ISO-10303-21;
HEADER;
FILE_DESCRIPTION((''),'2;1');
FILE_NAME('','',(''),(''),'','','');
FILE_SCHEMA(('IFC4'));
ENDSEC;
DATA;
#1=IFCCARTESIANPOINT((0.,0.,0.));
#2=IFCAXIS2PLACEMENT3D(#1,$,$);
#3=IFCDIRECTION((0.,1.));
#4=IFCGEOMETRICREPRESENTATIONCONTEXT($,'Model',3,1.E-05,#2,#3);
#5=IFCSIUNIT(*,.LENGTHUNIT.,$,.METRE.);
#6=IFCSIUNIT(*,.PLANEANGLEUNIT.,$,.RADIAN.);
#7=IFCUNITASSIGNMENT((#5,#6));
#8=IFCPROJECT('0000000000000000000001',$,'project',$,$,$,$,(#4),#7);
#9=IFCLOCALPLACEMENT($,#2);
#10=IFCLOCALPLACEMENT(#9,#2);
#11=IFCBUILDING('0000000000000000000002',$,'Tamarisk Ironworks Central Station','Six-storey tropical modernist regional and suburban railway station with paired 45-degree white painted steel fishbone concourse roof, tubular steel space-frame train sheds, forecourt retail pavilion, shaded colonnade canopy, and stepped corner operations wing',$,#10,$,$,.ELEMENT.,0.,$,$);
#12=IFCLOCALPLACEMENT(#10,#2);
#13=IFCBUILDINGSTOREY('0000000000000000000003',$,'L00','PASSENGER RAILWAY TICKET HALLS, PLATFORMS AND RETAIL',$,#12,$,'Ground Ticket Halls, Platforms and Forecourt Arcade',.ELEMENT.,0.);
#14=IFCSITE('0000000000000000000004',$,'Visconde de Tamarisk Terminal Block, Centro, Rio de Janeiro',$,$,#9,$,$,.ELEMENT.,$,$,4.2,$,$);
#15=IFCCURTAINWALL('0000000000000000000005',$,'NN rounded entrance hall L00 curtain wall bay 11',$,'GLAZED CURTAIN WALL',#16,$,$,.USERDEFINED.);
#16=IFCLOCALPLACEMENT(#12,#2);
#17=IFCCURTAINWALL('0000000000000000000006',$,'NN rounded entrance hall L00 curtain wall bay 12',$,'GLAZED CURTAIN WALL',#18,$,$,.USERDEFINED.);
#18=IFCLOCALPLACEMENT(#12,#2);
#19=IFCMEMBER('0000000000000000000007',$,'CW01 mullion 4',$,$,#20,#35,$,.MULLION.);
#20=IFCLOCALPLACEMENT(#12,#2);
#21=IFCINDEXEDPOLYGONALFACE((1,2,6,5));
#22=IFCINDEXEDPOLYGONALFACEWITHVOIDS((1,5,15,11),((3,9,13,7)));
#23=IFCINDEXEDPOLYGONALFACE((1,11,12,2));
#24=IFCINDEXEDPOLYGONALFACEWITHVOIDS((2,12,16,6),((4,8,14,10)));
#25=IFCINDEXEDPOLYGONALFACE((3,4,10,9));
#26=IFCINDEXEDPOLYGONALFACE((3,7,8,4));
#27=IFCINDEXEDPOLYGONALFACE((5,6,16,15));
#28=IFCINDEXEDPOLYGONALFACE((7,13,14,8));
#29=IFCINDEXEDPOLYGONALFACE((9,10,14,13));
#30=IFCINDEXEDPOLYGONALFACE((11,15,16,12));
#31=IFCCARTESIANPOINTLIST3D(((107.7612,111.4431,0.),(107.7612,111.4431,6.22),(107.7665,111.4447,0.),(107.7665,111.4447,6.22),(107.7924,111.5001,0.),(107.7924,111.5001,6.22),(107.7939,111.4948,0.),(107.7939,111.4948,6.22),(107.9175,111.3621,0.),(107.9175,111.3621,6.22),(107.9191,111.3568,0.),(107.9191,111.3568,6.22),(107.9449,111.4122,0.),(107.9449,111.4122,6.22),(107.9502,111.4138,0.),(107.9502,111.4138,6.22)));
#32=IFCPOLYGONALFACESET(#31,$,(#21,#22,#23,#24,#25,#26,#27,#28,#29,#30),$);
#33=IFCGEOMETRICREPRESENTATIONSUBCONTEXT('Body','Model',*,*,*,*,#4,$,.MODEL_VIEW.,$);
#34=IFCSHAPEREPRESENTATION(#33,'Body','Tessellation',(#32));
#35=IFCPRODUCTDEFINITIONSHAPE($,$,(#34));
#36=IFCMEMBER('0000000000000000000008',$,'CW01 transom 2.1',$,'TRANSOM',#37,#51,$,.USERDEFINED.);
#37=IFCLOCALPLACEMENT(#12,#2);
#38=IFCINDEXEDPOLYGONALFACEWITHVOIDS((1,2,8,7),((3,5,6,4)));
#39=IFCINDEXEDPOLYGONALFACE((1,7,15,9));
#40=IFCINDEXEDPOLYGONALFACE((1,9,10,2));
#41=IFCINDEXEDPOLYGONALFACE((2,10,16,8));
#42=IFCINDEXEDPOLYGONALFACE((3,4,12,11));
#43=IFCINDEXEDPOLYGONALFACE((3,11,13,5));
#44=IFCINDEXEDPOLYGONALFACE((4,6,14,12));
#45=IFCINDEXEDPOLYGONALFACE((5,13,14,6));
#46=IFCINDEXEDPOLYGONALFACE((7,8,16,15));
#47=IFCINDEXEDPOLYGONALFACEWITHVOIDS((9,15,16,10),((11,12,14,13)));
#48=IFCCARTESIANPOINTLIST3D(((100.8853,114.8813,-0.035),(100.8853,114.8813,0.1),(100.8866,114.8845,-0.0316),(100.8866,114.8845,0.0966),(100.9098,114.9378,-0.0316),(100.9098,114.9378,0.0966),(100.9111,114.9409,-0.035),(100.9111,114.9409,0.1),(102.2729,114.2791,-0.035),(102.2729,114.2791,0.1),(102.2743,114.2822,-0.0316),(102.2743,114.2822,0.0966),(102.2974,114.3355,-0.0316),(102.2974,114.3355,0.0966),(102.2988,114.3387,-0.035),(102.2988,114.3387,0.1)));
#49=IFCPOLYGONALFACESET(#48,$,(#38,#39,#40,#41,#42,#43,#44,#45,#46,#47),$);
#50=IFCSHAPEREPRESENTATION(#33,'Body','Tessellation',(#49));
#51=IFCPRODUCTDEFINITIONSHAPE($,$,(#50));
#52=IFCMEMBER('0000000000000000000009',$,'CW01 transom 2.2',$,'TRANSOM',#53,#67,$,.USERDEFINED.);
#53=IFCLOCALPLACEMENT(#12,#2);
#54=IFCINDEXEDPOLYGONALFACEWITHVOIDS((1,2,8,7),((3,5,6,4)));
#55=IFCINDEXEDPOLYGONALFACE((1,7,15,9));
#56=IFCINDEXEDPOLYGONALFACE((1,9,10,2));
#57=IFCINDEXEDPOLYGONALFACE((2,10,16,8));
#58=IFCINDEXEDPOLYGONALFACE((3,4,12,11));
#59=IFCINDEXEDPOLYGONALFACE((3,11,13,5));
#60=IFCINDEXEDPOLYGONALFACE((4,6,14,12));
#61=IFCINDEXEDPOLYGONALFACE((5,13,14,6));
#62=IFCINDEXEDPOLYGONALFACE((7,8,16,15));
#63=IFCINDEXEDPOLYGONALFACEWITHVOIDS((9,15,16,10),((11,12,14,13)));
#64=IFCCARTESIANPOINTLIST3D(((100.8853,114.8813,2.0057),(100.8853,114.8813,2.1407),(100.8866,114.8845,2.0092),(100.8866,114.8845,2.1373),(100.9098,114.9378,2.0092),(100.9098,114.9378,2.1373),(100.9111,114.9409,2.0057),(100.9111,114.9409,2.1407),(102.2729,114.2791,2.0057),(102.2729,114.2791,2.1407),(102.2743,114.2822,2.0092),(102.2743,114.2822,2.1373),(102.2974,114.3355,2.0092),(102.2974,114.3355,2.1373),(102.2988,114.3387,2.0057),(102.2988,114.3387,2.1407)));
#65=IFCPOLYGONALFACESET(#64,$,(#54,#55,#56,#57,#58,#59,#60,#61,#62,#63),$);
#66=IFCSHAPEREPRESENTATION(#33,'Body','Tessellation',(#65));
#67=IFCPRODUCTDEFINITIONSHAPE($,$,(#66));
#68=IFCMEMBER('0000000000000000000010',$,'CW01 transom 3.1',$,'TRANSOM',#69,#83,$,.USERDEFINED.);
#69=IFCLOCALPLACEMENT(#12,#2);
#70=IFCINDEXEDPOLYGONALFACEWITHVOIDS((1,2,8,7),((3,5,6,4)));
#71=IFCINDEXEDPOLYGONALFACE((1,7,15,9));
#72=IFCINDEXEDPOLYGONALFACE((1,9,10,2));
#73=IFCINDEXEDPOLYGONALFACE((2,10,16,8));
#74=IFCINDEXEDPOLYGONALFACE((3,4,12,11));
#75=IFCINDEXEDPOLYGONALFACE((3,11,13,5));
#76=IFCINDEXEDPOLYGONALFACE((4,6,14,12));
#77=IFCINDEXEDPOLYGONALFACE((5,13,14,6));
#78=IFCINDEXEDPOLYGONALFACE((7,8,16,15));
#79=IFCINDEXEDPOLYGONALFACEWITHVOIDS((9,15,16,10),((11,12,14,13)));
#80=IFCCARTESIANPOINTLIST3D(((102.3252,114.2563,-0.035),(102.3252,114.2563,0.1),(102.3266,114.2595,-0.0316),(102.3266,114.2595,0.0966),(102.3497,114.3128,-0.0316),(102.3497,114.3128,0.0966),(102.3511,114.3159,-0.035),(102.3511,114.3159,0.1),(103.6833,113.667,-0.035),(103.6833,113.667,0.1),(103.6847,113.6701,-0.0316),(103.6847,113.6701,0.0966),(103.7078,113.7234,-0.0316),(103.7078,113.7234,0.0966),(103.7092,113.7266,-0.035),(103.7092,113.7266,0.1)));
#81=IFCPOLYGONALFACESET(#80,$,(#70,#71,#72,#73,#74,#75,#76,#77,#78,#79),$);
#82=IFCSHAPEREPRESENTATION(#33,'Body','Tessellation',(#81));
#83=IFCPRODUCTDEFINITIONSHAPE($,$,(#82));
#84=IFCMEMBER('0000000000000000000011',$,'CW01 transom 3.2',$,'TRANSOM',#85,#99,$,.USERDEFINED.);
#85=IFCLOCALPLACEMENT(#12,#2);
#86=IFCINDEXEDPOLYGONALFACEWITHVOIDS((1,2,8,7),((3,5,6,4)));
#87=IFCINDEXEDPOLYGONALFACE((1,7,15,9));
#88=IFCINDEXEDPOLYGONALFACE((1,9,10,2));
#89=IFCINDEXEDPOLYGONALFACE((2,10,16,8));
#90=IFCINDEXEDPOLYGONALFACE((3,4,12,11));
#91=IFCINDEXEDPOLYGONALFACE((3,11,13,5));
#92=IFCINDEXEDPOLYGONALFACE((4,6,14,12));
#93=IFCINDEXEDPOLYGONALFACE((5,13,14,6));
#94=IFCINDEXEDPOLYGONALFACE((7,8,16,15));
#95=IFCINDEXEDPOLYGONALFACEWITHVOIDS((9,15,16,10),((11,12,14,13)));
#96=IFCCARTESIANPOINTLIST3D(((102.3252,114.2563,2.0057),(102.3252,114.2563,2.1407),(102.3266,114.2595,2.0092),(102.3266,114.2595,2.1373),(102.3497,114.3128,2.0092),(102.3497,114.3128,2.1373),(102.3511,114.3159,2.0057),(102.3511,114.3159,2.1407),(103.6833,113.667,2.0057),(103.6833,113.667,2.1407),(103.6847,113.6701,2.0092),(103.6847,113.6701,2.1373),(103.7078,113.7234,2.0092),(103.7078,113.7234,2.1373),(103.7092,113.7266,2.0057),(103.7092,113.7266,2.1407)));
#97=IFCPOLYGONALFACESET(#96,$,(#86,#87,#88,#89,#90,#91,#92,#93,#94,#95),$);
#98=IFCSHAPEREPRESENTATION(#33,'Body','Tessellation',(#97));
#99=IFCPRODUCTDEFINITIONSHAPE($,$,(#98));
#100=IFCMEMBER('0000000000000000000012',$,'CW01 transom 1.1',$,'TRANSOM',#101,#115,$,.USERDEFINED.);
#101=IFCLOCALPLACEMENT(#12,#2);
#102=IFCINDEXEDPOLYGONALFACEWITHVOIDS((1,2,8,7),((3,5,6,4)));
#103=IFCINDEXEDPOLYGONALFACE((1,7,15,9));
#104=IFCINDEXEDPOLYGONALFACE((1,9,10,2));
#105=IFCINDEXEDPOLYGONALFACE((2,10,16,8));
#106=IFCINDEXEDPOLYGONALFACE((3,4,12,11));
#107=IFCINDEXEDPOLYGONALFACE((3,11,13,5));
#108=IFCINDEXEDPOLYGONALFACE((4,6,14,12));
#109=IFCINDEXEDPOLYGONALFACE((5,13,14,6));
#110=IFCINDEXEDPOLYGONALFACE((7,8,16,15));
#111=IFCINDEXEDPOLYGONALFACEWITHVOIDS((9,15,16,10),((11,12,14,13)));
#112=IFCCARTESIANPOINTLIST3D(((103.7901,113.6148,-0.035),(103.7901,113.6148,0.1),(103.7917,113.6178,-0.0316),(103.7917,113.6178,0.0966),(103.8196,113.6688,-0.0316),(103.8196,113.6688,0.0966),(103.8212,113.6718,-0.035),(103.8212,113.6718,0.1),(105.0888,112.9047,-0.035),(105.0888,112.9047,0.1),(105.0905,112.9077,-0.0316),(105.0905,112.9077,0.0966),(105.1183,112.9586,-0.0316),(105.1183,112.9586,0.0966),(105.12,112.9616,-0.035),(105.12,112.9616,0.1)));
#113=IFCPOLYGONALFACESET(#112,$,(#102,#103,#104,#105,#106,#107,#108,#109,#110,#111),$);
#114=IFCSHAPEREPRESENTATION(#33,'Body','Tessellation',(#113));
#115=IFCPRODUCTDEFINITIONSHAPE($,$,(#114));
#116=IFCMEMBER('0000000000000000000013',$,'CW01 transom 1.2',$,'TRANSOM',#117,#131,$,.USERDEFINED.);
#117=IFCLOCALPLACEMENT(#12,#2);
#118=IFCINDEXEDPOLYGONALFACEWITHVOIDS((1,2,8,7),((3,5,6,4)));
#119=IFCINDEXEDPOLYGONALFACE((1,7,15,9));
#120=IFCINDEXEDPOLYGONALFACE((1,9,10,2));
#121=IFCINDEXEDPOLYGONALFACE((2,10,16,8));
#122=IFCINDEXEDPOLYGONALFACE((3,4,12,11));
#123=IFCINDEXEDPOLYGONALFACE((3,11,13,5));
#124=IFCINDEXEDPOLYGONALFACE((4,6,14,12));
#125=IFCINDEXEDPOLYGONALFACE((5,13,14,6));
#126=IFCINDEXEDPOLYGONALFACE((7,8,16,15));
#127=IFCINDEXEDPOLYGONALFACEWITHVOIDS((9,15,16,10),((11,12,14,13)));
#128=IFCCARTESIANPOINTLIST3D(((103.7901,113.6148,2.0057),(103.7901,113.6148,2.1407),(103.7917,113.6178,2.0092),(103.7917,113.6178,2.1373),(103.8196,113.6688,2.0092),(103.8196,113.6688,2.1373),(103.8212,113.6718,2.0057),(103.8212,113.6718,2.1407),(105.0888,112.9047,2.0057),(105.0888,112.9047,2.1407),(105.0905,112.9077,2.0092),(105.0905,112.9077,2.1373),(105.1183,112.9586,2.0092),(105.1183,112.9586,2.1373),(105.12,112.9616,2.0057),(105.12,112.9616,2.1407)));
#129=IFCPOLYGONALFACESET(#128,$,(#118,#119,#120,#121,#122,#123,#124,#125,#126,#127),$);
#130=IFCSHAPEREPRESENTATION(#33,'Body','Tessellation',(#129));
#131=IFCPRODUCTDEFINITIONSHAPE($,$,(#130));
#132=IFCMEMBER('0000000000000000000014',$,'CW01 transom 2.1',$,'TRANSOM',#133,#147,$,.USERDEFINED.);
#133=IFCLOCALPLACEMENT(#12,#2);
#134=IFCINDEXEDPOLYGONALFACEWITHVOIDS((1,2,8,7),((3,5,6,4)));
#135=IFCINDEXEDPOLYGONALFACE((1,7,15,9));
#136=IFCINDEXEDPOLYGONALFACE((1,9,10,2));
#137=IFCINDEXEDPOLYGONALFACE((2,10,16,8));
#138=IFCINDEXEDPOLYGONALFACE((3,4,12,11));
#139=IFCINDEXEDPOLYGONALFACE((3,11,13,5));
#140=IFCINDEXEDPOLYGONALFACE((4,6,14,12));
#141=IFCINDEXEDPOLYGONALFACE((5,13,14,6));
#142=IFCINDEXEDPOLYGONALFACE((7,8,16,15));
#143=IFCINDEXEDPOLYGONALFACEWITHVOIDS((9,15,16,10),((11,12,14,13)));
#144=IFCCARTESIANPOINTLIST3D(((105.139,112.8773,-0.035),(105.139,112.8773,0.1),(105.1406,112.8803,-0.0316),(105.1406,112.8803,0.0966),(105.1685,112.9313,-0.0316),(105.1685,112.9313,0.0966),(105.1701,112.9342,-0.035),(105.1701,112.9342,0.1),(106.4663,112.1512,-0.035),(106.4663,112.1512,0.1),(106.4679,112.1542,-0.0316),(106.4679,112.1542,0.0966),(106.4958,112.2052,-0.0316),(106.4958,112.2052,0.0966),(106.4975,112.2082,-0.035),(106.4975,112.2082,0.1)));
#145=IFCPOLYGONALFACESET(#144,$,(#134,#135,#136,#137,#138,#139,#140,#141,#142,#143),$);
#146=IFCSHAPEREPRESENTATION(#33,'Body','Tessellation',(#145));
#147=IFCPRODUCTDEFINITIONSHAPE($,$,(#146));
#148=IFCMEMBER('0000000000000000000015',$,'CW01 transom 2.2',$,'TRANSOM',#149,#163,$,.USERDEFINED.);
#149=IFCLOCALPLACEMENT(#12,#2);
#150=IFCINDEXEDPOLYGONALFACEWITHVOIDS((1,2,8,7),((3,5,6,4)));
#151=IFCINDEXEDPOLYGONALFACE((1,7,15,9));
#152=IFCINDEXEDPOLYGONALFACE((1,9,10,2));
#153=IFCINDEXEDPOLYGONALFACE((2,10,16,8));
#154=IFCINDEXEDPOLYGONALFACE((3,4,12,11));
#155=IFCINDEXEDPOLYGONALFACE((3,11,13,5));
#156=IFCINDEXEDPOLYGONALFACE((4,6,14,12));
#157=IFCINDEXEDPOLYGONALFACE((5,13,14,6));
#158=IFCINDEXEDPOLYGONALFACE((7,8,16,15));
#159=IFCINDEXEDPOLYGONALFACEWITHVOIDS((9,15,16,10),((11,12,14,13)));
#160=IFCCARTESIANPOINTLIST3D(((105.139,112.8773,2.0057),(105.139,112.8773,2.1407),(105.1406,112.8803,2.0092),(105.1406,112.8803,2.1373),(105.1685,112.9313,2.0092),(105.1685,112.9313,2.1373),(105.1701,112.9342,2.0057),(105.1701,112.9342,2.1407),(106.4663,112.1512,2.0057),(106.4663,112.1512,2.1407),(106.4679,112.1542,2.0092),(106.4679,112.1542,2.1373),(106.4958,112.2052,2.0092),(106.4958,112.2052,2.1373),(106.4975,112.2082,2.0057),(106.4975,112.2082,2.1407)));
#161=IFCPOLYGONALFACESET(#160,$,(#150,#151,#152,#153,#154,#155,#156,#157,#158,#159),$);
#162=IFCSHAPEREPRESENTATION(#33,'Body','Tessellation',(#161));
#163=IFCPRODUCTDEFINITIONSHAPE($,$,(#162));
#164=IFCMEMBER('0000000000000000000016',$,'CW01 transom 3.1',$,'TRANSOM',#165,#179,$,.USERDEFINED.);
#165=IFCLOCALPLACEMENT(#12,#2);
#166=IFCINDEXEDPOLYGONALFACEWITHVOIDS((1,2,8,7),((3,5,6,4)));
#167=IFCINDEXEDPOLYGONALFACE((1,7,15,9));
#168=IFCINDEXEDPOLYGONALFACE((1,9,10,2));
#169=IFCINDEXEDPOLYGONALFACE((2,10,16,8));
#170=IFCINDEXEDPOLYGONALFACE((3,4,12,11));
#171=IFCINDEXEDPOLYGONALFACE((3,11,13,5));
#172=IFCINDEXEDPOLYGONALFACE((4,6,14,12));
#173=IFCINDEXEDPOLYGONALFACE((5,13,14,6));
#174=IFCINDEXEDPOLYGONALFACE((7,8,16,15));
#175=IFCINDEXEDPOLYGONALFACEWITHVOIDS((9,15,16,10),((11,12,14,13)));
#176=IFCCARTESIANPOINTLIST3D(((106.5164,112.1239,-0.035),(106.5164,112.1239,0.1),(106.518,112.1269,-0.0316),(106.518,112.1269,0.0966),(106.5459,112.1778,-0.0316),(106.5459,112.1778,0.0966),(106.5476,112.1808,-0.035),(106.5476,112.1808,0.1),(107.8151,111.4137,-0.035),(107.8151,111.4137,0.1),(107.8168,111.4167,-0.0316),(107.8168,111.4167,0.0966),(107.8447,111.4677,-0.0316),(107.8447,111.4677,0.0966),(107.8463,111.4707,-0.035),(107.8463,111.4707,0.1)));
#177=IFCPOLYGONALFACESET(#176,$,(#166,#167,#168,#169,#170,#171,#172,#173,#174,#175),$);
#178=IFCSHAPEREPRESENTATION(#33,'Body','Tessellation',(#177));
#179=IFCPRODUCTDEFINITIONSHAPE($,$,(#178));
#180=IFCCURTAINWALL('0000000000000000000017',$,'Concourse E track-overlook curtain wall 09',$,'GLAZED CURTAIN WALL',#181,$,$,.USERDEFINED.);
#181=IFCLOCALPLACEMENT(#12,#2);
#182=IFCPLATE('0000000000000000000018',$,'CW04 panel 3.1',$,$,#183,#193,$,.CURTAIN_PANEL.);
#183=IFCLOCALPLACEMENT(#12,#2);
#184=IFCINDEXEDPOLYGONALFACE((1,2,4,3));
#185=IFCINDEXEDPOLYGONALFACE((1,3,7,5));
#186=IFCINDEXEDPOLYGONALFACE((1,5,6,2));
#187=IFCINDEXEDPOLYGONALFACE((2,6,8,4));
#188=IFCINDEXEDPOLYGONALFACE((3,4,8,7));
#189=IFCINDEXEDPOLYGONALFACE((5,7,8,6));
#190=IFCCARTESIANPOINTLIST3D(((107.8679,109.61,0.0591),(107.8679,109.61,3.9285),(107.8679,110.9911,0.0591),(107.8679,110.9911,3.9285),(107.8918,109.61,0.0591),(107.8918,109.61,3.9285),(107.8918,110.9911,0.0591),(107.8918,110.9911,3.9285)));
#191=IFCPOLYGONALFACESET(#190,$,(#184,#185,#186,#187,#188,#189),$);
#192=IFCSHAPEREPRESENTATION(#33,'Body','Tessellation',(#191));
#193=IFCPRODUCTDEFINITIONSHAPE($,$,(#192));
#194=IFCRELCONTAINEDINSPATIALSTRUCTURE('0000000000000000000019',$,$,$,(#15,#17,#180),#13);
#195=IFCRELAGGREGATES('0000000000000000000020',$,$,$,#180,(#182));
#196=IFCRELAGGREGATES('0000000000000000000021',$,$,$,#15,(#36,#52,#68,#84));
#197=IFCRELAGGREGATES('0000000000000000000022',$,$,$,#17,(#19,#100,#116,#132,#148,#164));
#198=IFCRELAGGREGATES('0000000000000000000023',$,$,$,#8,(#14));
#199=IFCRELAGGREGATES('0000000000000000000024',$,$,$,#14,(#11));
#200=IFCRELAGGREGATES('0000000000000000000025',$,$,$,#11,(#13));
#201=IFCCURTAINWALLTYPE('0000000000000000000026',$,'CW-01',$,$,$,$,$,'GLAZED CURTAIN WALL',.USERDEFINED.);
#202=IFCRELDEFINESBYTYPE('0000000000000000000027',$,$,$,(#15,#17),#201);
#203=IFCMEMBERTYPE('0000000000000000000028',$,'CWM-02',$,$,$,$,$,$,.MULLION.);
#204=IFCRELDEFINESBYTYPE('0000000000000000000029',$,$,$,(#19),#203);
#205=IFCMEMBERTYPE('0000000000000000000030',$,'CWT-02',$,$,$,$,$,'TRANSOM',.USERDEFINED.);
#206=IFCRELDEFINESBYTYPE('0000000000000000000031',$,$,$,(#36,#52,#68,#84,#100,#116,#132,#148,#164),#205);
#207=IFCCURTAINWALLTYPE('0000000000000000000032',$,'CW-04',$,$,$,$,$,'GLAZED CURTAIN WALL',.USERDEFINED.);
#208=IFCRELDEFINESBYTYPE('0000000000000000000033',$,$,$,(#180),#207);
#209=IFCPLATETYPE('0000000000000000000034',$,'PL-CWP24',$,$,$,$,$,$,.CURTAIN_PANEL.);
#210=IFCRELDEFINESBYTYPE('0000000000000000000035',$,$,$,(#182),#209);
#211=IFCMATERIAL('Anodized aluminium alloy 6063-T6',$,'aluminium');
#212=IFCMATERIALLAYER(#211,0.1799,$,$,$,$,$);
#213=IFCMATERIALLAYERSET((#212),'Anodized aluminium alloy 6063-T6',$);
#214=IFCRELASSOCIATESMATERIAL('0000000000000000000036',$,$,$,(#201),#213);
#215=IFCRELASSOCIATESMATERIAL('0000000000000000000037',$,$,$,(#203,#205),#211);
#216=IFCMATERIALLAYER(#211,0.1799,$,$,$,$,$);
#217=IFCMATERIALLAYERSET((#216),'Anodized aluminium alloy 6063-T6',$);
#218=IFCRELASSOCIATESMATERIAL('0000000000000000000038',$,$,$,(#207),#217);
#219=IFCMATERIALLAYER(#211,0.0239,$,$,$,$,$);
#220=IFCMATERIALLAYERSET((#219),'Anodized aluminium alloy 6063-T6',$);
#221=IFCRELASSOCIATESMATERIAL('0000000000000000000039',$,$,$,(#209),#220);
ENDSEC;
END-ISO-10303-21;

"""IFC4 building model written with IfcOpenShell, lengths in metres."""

from ifc_helpers import new_model, si_unit, direction, frame, origin, origin_2d, place, context, subcontext, project, spatial, rectangle, hollow_rectangle, extrude, material, layer, layer_set, material_profile, profile_set, type_object, element, aggregate, save


model = new_model("IFC4")

# Units and contexts
model_context = context("Model", 3, precision=1e-05, world=origin(), true_north=direction((0.0, 1.0)))
body_context = subcontext(model_context, "Body", "Model", "MODEL_VIEW")
ifc_project = project(units=[si_unit("LENGTHUNIT", "METRE"), si_unit("PLANEANGLEUNIT", "RADIAN")], contexts=[model_context])

# Site, building, storey
site_placement = place(None, origin())
site = spatial("IfcSite", under=ifc_project, at=site_placement, Name="Visconde de Tamarisk Terminal Block, Centro, Rio de Janeiro", CompositionType="ELEMENT", RefElevation=4.2)
building_placement = place(site_placement, origin())
building = spatial("IfcBuilding", under=site, at=building_placement, Name="Tamarisk Ironworks Central Station", Description="Six-storey tropical modernist regional and suburban railway station with paired 45-degree white painted steel fishbone concourse roof, tubular steel space-frame train sheds, forecourt retail pavilion, shaded colonnade canopy, and stepped corner operations wing", CompositionType="ELEMENT", ElevationOfRefHeight=0.0)
storey_placement = place(building_placement, origin())
storey = spatial("IfcBuildingStorey", under=building, at=storey_placement, Name="L00", Description="PASSENGER RAILWAY TICKET HALLS, PLATFORMS AND RETAIL", LongName="Ground Ticket Halls, Platforms and Forecourt Arcade", CompositionType="ELEMENT", Elevation=0.0)

# Curtain walls, member
ifc_material_1 = material(Name="Anodized aluminium alloy 6063-T6", Category="aluminium")
ifc_layer_1 = layer(ifc_material_1, 0.1799)
ifc_layer_set_1 = layer_set([ifc_layer_1], Name="Anodized aluminium alloy 6063-T6")
curtain_wall_type_1 = type_object("IfcCurtainWallType", Name="CW-01", ElementType="GLAZED CURTAIN WALL", PredefinedType="USERDEFINED", material=ifc_layer_set_1)
curtain_wall_1_placement = place(storey_placement, origin())
curtain_wall_1 = element("IfcCurtainWall", 1, at=curtain_wall_1_placement, inside=storey, type_object=curtain_wall_type_1, Name="NN rounded entrance hall L00 curtain wall bay 11", ObjectType="GLAZED CURTAIN WALL", PredefinedType="USERDEFINED")
ifc_material_profile_1 = material_profile(ifc_material_1, hollow_rectangle(XDim=0.0649, YDim=0.1799, WallThickness=0.0039, at=origin_2d()), Name="ALUM 180x65")
ifc_profile_set_1 = profile_set([ifc_material_profile_1], Name="Anodized aluminium alloy 6063-T6")
member_type_1 = type_object("IfcMemberType", Name="CWM-02", PredefinedType="MULLION", material=ifc_profile_set_1)
curtain_wall_2_placement = place(storey_placement, origin())
curtain_wall_2 = element("IfcCurtainWall", 2, at=curtain_wall_2_placement, inside=storey, type_object=curtain_wall_type_1, Name="NN rounded entrance hall L00 curtain wall bay 12", ObjectType="GLAZED CURTAIN WALL", PredefinedType="USERDEFINED")
member_1_placement = place(storey_placement, frame((107.8557, 111.4285, 0.0), z_axis=(0.0, 0.0, 1.0), x_axis=(0.479805, 0.877375, 0.0)))
member_1 = element("IfcMember", 3, at=member_1_placement, type_object=member_type_1, Name="CW01 mullion 4", PredefinedType="MULLION", context=body_context, shape_type="SweptSolid", body=[
    extrude(hollow_rectangle(XDim=0.0649, YDim=0.1799, WallThickness=0.0039, at=origin_2d()), origin(), (0.0, 0.0, 1.0), 6.22),
])

# Members
ifc_material_profile_2 = material_profile(ifc_material_1, hollow_rectangle(XDim=0.0649, YDim=0.135, WallThickness=0.0034, at=origin_2d()), Name="ALUM 135x65")
ifc_profile_set_2 = profile_set([ifc_material_profile_2], Name="Anodized aluminium alloy 6063-T6")
member_type_2 = type_object("IfcMemberType", Name="CWT-02", ElementType="TRANSOM", PredefinedType="USERDEFINED", material=ifc_profile_set_2)
member_2_placement = place(storey_placement, frame((100.8982, 114.9111, 0.0325), z_axis=(0.917324, -0.398142, 0.0), x_axis=(0.398142, 0.917324, 0.0)))
member_2 = element("IfcMember", 4, at=member_2_placement, type_object=member_type_2, Name="CW01 transom 2.1", ObjectType="TRANSOM", PredefinedType="USERDEFINED", context=body_context, shape_type="SweptSolid", body=[
    extrude(hollow_rectangle(XDim=0.0649, YDim=0.135, WallThickness=0.0034, at=origin_2d()), origin(), (0.0, 0.0, 1.0), 1.5127),
])
member_3_placement = place(storey_placement, frame((100.8982, 114.9111, 2.0732), z_axis=(0.917324, -0.398142, 0.0), x_axis=(0.398142, 0.917324, 0.0)))
member_3 = element("IfcMember", 5, at=member_3_placement, type_object=member_type_2, Name="CW01 transom 2.2", ObjectType="TRANSOM", PredefinedType="USERDEFINED", context=body_context, shape_type="SweptSolid", body=[
    extrude(hollow_rectangle(XDim=0.0649, YDim=0.135, WallThickness=0.0034, at=origin_2d()), origin(), (0.0, 0.0, 1.0), 1.5127),
])
member_4_placement = place(storey_placement, frame((102.3381, 114.2861, 0.0325), z_axis=(0.917353, -0.398075, 0.0), x_axis=(0.398075, 0.917353, 0.0)))
member_4 = element("IfcMember", 6, at=member_4_placement, type_object=member_type_2, Name="CW01 transom 3.1", ObjectType="TRANSOM", PredefinedType="USERDEFINED", context=body_context, shape_type="SweptSolid", body=[
    extrude(hollow_rectangle(XDim=0.0649, YDim=0.135, WallThickness=0.0034, at=origin_2d()), origin(), (0.0, 0.0, 1.0), 1.4805),
])
member_5_placement = place(storey_placement, frame((102.3381, 114.2861, 2.0732), z_axis=(0.917353, -0.398075, 0.0), x_axis=(0.398075, 0.917353, 0.0)))
member_5 = element("IfcMember", 7, at=member_5_placement, type_object=member_type_2, Name="CW01 transom 3.2", ObjectType="TRANSOM", PredefinedType="USERDEFINED", context=body_context, shape_type="SweptSolid", body=[
    extrude(hollow_rectangle(XDim=0.0649, YDim=0.135, WallThickness=0.0034, at=origin_2d()), origin(), (0.0, 0.0, 1.0), 1.4805),
])
member_6_placement = place(storey_placement, frame((103.8057, 113.6433, 0.0325), z_axis=(0.877397, -0.479765, 0.0), x_axis=(0.479765, 0.877397, 0.0)))
member_6 = element("IfcMember", 8, at=member_6_placement, type_object=member_type_2, Name="CW01 transom 1.1", ObjectType="TRANSOM", PredefinedType="USERDEFINED", context=body_context, shape_type="SweptSolid", body=[
    extrude(hollow_rectangle(XDim=0.0649, YDim=0.135, WallThickness=0.0034, at=origin_2d()), origin(), (0.0, 0.0, 1.0), 1.4802),
])
member_7_placement = place(storey_placement, frame((103.8057, 113.6433, 2.0732), z_axis=(0.877397, -0.479765, 0.0), x_axis=(0.479765, 0.877397, 0.0)))
member_7 = element("IfcMember", 9, at=member_7_placement, type_object=member_type_2, Name="CW01 transom 1.2", ObjectType="TRANSOM", PredefinedType="USERDEFINED", context=body_context, shape_type="SweptSolid", body=[
    extrude(hollow_rectangle(XDim=0.0649, YDim=0.135, WallThickness=0.0034, at=origin_2d()), origin(), (0.0, 0.0, 1.0), 1.4802),
])
member_8_placement = place(storey_placement, frame((105.1545, 112.9058, 0.0325), z_axis=(0.877328, -0.479892, 0.0), x_axis=(0.479892, 0.877328, 0.0)))
member_8 = element("IfcMember", 10, at=member_8_placement, type_object=member_type_2, Name="CW01 transom 2.1", ObjectType="TRANSOM", PredefinedType="USERDEFINED", context=body_context, shape_type="SweptSolid", body=[
    extrude(hollow_rectangle(XDim=0.0649, YDim=0.135, WallThickness=0.0034, at=origin_2d()), origin(), (0.0, 0.0, 1.0), 1.5129),
])
member_9_placement = place(storey_placement, frame((105.1545, 112.9058, 2.0732), z_axis=(0.877328, -0.479892, 0.0), x_axis=(0.479892, 0.877328, 0.0)))
member_9 = element("IfcMember", 11, at=member_9_placement, type_object=member_type_2, Name="CW01 transom 2.2", ObjectType="TRANSOM", PredefinedType="USERDEFINED", context=body_context, shape_type="SweptSolid", body=[
    extrude(hollow_rectangle(XDim=0.0649, YDim=0.135, WallThickness=0.0034, at=origin_2d()), origin(), (0.0, 0.0, 1.0), 1.5129),
])
member_10_placement = place(storey_placement, frame((106.532, 112.1523, 0.0325), z_axis=(0.877397, -0.479765, 0.0), x_axis=(0.479765, 0.877397, 0.0)))
member_10 = element("IfcMember", 12, at=member_10_placement, type_object=member_type_2, Name="CW01 transom 3.1", ObjectType="TRANSOM", PredefinedType="USERDEFINED", context=body_context, shape_type="SweptSolid", body=[
    extrude(hollow_rectangle(XDim=0.0649, YDim=0.135, WallThickness=0.0034, at=origin_2d()), origin(), (0.0, 0.0, 1.0), 1.4802),
])

# Curtain wall, plate
ifc_layer_2 = layer(ifc_material_1, 0.1799)
ifc_layer_set_2 = layer_set([ifc_layer_2], Name="Anodized aluminium alloy 6063-T6")
curtain_wall_type_2 = type_object("IfcCurtainWallType", Name="CW-04", ElementType="GLAZED CURTAIN WALL", PredefinedType="USERDEFINED", material=ifc_layer_set_2)
curtain_wall_3_placement = place(storey_placement, origin())
curtain_wall_3 = element("IfcCurtainWall", 13, at=curtain_wall_3_placement, inside=storey, type_object=curtain_wall_type_2, Name="Concourse E track-overlook curtain wall 09", ObjectType="GLAZED CURTAIN WALL", PredefinedType="USERDEFINED")
ifc_layer_3 = layer(ifc_material_1, 0.0239)
ifc_layer_set_3 = layer_set([ifc_layer_3], Name="Anodized aluminium alloy 6063-T6")
plate_type_1 = type_object("IfcPlateType", Name="PL-CWP24", PredefinedType="CURTAIN_PANEL", material=ifc_layer_set_3)
plate_1_placement = place(storey_placement, frame((107.8799, 110.3005, 0.0591), z_axis=(0.0, 0.0, 1.0), x_axis=(0.0, 1.0, 0.0)))
plate_1 = element("IfcPlate", 14, at=plate_1_placement, type_object=plate_type_1, Name="CW04 panel 3.1", PredefinedType="CURTAIN_PANEL", context=body_context, shape_type="SweptSolid", body=[
    extrude(rectangle(XDim=1.3811, YDim=0.0239, at=origin_2d()), origin(), (0.0, 0.0, 1.0), 3.8694),
])
aggregate(curtain_wall_3, [plate_1])

aggregate(curtain_wall_1, [member_2, member_3, member_4, member_5])
aggregate(curtain_wall_2, [member_1, member_6, member_7, member_8, member_9, member_10])

save(model, "model.ifc")
